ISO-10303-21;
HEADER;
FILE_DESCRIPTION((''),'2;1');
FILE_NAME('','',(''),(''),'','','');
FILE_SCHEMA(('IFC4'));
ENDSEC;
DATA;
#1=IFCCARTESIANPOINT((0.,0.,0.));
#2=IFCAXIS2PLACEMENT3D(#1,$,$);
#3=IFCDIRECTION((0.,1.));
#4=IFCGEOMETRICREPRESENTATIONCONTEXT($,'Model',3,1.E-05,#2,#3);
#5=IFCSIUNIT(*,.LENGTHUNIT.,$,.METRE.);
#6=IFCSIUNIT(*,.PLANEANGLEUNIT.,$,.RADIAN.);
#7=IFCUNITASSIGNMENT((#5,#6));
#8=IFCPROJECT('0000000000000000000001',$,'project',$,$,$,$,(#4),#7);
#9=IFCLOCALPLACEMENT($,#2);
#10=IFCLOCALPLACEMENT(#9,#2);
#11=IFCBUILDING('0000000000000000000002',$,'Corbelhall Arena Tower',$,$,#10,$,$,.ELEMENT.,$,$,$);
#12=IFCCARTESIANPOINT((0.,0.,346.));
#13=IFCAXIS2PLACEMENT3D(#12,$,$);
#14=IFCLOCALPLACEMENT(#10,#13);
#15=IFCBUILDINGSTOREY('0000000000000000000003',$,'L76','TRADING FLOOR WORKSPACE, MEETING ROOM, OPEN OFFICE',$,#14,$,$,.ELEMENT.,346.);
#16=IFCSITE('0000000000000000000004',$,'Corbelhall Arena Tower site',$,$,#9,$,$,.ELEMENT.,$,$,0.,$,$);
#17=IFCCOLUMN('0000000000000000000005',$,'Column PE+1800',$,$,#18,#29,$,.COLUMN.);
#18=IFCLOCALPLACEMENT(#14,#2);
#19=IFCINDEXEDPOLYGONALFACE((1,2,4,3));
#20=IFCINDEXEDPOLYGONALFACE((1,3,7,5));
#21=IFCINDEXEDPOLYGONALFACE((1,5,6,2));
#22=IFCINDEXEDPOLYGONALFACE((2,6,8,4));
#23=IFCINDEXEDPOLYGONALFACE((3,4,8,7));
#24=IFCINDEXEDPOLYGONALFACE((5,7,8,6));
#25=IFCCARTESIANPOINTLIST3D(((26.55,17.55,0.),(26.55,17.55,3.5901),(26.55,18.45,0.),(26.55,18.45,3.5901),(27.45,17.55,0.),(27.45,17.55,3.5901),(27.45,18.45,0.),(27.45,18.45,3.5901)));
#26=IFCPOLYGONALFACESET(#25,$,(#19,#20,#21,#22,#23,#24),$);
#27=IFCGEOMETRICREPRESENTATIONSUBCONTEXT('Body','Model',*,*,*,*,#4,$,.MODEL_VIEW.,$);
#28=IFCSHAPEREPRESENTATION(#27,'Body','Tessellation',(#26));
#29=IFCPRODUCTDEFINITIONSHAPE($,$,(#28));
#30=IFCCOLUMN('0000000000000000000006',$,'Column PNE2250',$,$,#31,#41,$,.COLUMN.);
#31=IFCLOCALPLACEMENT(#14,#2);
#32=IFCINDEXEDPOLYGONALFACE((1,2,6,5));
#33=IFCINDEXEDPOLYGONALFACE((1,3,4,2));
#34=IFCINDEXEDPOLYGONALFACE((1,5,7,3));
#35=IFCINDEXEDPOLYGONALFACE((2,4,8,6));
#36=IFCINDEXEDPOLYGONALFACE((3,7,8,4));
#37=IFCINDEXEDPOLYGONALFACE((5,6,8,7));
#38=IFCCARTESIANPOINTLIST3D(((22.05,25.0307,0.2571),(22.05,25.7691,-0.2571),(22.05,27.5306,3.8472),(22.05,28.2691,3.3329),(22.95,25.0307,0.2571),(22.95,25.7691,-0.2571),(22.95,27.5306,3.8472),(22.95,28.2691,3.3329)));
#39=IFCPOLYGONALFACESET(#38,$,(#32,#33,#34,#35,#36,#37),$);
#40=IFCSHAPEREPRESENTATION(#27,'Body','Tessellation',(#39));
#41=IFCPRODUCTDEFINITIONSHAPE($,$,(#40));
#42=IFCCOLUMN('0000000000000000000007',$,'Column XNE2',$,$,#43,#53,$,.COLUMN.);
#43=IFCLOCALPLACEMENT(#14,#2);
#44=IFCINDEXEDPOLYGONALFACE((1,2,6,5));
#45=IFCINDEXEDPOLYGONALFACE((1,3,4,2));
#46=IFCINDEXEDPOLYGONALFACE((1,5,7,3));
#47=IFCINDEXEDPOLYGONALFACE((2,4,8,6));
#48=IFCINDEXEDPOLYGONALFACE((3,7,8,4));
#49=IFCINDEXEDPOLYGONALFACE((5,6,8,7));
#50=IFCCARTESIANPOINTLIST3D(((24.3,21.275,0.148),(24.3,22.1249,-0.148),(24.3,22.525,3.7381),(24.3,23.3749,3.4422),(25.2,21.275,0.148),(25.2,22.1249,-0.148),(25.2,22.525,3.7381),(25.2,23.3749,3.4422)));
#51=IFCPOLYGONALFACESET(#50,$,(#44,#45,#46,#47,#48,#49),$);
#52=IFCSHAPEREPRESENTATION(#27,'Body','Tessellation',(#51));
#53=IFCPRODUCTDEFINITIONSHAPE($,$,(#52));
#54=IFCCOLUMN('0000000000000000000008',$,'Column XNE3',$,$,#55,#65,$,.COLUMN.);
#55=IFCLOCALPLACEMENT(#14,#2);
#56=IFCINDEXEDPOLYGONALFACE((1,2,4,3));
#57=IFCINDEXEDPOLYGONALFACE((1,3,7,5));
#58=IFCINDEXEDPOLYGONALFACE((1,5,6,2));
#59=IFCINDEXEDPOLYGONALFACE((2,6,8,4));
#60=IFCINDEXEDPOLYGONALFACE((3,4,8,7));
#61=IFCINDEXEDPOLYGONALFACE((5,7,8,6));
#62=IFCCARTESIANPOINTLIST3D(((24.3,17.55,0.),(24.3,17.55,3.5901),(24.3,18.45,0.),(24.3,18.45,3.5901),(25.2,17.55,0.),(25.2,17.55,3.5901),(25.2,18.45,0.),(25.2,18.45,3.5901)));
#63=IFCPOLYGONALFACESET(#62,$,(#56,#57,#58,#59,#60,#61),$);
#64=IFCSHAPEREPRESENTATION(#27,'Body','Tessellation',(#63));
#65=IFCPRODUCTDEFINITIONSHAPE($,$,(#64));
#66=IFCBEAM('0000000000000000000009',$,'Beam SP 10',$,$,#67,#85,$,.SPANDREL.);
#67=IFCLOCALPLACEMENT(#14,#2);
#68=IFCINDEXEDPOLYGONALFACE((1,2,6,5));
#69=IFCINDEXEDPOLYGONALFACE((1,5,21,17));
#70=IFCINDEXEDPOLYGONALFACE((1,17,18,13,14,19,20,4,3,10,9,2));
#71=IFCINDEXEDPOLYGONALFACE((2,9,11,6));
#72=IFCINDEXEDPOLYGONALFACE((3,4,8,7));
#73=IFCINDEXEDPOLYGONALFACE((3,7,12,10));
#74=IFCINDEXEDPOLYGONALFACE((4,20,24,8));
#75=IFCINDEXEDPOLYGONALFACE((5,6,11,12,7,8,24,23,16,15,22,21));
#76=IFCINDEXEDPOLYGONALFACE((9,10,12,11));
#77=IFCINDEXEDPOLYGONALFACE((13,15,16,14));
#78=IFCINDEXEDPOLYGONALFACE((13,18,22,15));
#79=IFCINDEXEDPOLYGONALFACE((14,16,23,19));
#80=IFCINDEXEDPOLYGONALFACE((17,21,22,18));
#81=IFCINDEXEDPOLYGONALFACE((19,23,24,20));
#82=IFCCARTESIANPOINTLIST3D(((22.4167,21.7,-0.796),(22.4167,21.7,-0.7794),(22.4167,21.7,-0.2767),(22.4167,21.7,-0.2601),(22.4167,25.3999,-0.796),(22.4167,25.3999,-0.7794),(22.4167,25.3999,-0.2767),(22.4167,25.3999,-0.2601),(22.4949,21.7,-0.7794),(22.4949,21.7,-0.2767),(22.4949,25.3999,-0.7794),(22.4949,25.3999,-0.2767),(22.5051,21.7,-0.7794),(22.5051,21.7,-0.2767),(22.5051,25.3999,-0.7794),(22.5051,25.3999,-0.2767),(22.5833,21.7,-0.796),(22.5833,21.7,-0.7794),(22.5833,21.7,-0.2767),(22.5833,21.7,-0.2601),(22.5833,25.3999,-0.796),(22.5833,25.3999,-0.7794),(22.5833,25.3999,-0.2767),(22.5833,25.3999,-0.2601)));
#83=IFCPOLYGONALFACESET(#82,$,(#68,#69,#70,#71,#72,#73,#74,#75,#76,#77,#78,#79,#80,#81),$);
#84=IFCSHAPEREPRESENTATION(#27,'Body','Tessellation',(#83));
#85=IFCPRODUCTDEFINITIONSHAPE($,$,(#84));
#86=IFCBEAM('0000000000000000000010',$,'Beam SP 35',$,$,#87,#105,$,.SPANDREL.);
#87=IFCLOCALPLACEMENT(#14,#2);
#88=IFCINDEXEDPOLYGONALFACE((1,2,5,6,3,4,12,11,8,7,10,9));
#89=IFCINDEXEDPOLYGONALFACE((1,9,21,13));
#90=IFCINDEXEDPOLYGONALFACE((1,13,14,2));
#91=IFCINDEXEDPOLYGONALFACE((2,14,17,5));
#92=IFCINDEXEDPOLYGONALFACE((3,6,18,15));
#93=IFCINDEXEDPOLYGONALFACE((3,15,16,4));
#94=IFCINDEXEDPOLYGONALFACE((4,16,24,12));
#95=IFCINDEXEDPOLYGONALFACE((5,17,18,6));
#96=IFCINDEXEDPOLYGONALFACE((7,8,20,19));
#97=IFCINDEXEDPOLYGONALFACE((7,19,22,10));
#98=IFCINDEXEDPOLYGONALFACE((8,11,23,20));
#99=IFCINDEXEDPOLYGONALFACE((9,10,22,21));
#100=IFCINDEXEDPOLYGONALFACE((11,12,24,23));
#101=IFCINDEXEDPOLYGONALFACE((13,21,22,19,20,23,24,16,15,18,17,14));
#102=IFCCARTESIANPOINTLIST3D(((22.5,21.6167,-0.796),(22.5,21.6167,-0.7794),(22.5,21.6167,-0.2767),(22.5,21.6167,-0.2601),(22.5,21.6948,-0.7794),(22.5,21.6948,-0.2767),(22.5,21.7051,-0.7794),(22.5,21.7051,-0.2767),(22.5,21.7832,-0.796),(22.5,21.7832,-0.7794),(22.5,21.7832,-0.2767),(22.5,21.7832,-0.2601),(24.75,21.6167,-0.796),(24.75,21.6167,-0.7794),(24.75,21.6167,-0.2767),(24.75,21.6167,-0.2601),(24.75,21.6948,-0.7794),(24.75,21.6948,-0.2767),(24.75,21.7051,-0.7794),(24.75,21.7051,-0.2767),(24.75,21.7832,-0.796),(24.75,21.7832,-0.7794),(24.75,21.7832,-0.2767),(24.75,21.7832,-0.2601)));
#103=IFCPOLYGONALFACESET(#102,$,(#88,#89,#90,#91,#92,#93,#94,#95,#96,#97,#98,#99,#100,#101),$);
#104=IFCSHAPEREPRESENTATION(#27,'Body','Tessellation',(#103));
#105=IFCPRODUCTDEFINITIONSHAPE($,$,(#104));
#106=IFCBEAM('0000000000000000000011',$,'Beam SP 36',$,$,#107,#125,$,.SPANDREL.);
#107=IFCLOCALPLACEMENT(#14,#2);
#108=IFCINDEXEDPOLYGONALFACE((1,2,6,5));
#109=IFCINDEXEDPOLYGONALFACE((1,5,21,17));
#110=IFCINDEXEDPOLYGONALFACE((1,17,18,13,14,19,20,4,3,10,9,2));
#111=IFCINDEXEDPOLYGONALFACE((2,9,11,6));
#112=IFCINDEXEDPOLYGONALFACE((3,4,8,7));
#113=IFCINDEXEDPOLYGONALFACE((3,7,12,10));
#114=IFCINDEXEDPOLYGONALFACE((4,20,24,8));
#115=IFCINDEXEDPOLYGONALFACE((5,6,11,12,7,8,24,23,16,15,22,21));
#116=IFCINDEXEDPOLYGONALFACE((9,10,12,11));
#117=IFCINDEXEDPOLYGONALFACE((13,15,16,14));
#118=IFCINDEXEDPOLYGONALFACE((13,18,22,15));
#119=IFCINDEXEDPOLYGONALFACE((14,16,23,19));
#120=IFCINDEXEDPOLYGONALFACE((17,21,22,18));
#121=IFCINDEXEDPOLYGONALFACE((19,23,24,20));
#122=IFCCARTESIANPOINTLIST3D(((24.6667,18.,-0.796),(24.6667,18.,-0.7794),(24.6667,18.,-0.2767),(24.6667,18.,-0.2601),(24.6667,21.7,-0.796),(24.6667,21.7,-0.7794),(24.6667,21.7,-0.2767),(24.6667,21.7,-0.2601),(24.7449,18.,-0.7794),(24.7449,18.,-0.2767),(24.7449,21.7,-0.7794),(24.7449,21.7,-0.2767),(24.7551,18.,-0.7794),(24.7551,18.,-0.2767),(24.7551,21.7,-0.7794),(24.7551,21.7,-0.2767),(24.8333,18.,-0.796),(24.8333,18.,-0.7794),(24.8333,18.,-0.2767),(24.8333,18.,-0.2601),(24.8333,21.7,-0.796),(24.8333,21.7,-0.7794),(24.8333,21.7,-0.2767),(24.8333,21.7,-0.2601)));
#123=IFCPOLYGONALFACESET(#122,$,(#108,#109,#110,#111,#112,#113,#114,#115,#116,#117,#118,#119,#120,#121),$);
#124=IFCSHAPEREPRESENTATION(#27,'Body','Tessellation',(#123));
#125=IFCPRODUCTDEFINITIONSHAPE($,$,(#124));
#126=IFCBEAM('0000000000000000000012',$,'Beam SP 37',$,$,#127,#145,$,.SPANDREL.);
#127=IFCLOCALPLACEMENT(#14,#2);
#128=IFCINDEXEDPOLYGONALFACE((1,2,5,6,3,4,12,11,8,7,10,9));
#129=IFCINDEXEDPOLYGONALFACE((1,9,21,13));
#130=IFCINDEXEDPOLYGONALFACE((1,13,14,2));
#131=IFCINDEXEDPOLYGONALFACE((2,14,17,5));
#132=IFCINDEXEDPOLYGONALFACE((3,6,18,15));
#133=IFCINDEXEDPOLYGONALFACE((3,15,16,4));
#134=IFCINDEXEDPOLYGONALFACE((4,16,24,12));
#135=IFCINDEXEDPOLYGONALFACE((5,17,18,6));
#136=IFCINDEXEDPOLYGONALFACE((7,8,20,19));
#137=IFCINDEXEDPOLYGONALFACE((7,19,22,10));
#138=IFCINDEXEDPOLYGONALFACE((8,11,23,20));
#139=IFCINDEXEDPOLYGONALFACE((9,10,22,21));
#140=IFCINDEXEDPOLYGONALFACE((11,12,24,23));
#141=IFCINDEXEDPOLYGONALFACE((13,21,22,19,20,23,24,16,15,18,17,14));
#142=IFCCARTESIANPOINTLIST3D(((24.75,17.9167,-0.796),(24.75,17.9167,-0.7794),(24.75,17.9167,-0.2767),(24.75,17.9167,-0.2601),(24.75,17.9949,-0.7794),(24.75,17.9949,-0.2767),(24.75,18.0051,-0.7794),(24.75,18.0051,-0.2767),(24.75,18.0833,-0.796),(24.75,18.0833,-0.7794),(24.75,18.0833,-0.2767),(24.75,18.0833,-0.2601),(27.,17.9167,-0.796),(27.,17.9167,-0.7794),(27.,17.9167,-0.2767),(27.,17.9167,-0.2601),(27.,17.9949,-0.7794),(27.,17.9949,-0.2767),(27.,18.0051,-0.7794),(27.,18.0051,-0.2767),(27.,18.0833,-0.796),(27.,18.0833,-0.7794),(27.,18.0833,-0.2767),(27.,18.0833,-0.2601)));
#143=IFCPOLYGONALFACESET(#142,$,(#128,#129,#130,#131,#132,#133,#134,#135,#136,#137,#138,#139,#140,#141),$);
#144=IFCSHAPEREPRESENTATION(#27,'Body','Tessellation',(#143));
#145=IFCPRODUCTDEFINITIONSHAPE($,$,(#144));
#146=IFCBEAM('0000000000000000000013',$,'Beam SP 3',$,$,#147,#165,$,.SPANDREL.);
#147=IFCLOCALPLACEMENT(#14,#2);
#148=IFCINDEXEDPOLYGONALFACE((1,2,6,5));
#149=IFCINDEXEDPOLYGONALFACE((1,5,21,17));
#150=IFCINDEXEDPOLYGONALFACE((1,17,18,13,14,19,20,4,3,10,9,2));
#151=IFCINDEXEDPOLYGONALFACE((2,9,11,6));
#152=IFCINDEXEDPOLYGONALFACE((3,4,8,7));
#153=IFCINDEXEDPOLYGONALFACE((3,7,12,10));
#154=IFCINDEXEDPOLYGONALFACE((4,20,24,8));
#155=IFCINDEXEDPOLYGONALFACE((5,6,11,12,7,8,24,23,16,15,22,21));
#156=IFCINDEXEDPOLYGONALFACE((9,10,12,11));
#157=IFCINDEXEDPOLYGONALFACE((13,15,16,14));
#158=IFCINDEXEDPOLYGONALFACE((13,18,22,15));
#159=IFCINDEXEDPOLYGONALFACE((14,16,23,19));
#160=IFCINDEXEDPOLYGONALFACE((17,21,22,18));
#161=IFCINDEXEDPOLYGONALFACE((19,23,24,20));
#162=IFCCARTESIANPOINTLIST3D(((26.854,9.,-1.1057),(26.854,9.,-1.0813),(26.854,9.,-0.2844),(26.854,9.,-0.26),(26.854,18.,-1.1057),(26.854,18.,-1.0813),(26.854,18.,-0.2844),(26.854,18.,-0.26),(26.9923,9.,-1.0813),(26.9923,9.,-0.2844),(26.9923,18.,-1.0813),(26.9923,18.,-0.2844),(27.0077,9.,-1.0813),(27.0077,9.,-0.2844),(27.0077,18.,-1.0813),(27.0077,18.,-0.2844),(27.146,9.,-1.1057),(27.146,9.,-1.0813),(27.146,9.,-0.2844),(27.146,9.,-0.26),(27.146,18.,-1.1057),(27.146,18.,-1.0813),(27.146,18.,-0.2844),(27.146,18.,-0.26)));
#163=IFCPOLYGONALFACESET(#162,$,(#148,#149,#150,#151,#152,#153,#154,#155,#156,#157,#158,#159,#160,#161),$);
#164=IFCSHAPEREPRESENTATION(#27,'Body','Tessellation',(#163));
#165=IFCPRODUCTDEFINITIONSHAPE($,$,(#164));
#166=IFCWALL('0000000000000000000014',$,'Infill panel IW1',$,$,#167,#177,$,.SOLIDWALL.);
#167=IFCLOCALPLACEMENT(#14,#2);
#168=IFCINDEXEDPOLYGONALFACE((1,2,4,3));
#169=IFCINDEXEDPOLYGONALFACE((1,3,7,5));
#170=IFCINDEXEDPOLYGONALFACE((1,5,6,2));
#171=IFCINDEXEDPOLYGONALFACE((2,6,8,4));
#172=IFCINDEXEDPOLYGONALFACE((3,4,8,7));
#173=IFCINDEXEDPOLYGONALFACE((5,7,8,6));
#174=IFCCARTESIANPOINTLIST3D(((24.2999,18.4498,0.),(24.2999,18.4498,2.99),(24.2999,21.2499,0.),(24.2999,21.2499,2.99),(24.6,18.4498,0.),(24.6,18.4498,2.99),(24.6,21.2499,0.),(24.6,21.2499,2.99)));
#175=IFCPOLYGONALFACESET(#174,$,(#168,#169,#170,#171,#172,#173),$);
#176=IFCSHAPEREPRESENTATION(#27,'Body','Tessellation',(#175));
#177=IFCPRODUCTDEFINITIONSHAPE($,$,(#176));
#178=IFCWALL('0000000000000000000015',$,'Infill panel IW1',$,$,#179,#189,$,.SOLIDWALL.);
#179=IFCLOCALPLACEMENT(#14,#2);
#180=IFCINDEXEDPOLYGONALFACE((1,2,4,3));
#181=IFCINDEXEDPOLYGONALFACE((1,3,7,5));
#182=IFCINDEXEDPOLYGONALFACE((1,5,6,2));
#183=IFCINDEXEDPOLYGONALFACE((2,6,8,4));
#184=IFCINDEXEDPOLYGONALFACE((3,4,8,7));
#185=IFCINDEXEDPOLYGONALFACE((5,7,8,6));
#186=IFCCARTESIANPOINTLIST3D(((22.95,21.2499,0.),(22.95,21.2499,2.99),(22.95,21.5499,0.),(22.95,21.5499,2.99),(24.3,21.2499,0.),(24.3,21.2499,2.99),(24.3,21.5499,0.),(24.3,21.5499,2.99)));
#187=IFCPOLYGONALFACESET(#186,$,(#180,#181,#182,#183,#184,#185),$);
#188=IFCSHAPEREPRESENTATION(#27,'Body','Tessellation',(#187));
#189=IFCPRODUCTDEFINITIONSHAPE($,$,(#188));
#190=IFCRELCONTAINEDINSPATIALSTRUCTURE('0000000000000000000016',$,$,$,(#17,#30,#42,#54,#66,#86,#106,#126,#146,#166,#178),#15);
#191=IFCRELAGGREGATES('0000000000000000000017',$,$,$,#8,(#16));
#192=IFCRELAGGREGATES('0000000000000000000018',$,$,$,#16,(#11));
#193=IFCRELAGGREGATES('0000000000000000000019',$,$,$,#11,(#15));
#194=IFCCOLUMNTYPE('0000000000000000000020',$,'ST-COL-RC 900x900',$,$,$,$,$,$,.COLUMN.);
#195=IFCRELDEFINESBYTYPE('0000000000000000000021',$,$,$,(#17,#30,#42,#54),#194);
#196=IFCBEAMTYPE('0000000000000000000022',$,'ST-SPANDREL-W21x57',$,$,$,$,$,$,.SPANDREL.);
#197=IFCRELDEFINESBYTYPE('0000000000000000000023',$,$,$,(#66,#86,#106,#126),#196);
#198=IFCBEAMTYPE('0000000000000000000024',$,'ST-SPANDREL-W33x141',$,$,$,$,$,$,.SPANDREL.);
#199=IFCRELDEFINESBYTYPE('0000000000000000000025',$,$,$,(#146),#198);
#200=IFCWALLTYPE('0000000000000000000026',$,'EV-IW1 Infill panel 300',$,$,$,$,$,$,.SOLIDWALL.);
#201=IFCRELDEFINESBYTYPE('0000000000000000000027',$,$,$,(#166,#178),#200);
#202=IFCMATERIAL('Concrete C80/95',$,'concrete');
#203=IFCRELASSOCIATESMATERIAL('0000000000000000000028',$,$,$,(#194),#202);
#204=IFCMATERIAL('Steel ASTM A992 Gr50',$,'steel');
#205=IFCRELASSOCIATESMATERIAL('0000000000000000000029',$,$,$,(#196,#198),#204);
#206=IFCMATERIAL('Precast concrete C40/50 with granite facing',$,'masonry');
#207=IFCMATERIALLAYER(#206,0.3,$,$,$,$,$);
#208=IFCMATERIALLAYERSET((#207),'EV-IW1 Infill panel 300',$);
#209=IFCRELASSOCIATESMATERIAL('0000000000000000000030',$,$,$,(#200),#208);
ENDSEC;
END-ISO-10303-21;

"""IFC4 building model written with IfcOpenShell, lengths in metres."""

from ifc_helpers import new_model, si_unit, direction, frame, frame_2d, origin, origin_2d, place, context, subcontext, project, spatial, rectangle, i_section, extrude, material, layer, layer_set, material_profile, profile_set, type_object, element, save


model = new_model("IFC4")

# Units and contexts
model_context = context("Model", 3, precision=1e-05, world=origin(), true_north=direction((0.0, 1.0)))
body_context = subcontext(model_context, "Body", "Model", "MODEL_VIEW")
ifc_project = project(units=[si_unit("LENGTHUNIT", "METRE"), si_unit("PLANEANGLEUNIT", "RADIAN")], contexts=[model_context])

# Site, building, storey
site_placement = place(None, origin())
site = spatial("IfcSite", under=ifc_project, at=site_placement, Name="Corbelhall Arena Tower site", CompositionType="ELEMENT", RefElevation=0.0)
building_placement = place(site_placement, origin())
building = spatial("IfcBuilding", under=site, at=building_placement, Name="Corbelhall Arena Tower", CompositionType="ELEMENT")
storey_placement = place(building_placement, frame((0.0, 0.0, 346.0)))
storey = spatial("IfcBuildingStorey", under=building, at=storey_placement, Name="L76", Description="TRADING FLOOR WORKSPACE, MEETING ROOM, OPEN OFFICE", CompositionType="ELEMENT", Elevation=346.0)

# Columns
ifc_material_1 = material(Name="Concrete C80/95", Category="concrete")
ifc_material_profile_1 = material_profile(ifc_material_1, rectangle(XDim=0.8999, YDim=0.8999, at=origin_2d()))
ifc_profile_set_1 = profile_set([ifc_material_profile_1], Name="Concrete C80/95")
column_type = type_object("IfcColumnType", Name="ST-COL-RC 900x900", PredefinedType="COLUMN", material=ifc_profile_set_1)
column_1_placement = place(storey_placement, frame((27.0, 18.0, 0.0), z_axis=(0.0, 0.0, 1.0), x_axis=(0.0, 1.0, 0.0)))
element("IfcColumn", 1, at=column_1_placement, inside=storey, type_object=column_type, Name="Column PE+1800", PredefinedType="COLUMN", context=body_context, shape_type="SweptSolid", body=[
    extrude(rectangle(XDim=0.8999, YDim=0.8999, at=origin_2d()), origin(), (0.0, 0.0, 1.0), 3.5901),
])
column_2_placement = place(storey_placement, frame((22.5, 25.3999, 0.0), z_axis=(0.0, 0.571457, 0.820632), x_axis=(-1.0, 0.0, 0.0)))
element("IfcColumn", 2, at=column_2_placement, inside=storey, type_object=column_type, Name="Column PNE2250", PredefinedType="COLUMN", context=body_context, shape_type="SweptSolid", body=[
    extrude(rectangle(XDim=0.8999, YDim=0.8999, at=origin_2d()), origin(), (0.0, 0.0, 1.0), 4.3748),
])
column_3_placement = place(storey_placement, frame((24.75, 21.7, 0.0), z_axis=(0.0, 0.32882, 0.944393), x_axis=(-1.0, 0.0, 0.0)))
element("IfcColumn", 3, at=column_3_placement, inside=storey, type_object=column_type, Name="Column XNE2", PredefinedType="COLUMN", context=body_context, shape_type="SweptSolid", body=[
    extrude(rectangle(XDim=0.8999, YDim=0.8999, at=origin_2d()), origin(), (0.0, 0.0, 1.0), 3.8015),
])
column_4_placement = place(storey_placement, frame((24.75, 18.0, 0.0), z_axis=(0.0, 0.0, 1.0), x_axis=(1.0, 0.0, 0.0)))
element("IfcColumn", 4, at=column_4_placement, inside=storey, type_object=column_type, Name="Column XNE3", PredefinedType="COLUMN", context=body_context, shape_type="SweptSolid", body=[
    extrude(rectangle(XDim=0.8999, YDim=0.8999, at=origin_2d()), origin(), (0.0, 0.0, 1.0), 3.5901),
])

# Beams
ifc_material_2 = material(Name="Steel ASTM A992 Gr50", Category="steel")
ifc_material_profile_2 = material_profile(ifc_material_2, i_section(OverallWidth=0.1665, OverallDepth=0.5359, WebThickness=0.0103, FlangeThickness=0.0166, at=origin_2d()))
ifc_profile_set_2 = profile_set([ifc_material_profile_2], Name="Steel ASTM A992 Gr50")
beam_type_1 = type_object("IfcBeamType", Name="ST-SPANDREL-W21x57", PredefinedType="SPANDREL", material=ifc_profile_set_2)
beam_1_placement = place(storey_placement, frame((22.5, 25.3999, -0.5281), z_axis=(0.0, -1.0, 0.0), x_axis=(1.0, 0.0, 0.0)))
element("IfcBeam", 5, at=beam_1_placement, inside=storey, type_object=beam_type_1, Name="Beam SP 10", PredefinedType="SPANDREL", context=body_context, shape_type="SweptSolid", body=[
    extrude(i_section(OverallWidth=0.1665, OverallDepth=0.5359, WebThickness=0.0103, FlangeThickness=0.0166, at=origin_2d()), origin(), (0.0, 0.0, 1.0), 3.7),
])
beam_2_placement = place(storey_placement, frame((22.5, 21.7, -0.5281), z_axis=(1.0, 0.0, 0.0), x_axis=(0.0, 1.0, 0.0)))
element("IfcBeam", 6, at=beam_2_placement, inside=storey, type_object=beam_type_1, Name="Beam SP 35", PredefinedType="SPANDREL", context=body_context, shape_type="SweptSolid", body=[
    extrude(i_section(OverallWidth=0.1665, OverallDepth=0.5359, WebThickness=0.0103, FlangeThickness=0.0166, at=origin_2d()), origin(), (0.0, 0.0, 1.0), 2.25),
])
beam_3_placement = place(storey_placement, frame((24.75, 21.7, -0.5281), z_axis=(0.0, -1.0, 0.0), x_axis=(1.0, 0.0, 0.0)))
element("IfcBeam", 7, at=beam_3_placement, inside=storey, type_object=beam_type_1, Name="Beam SP 36", PredefinedType="SPANDREL", context=body_context, shape_type="SweptSolid", body=[
    extrude(i_section(OverallWidth=0.1665, OverallDepth=0.5359, WebThickness=0.0103, FlangeThickness=0.0166, at=origin_2d()), origin(), (0.0, 0.0, 1.0), 3.7),
])
beam_4_placement = place(storey_placement, frame((24.75, 18.0, -0.5281), z_axis=(1.0, 0.0, 0.0), x_axis=(0.0, 1.0, 0.0)))
element("IfcBeam", 8, at=beam_4_placement, inside=storey, type_object=beam_type_1, Name="Beam SP 37", PredefinedType="SPANDREL", context=body_context, shape_type="SweptSolid", body=[
    extrude(i_section(OverallWidth=0.1665, OverallDepth=0.5359, WebThickness=0.0103, FlangeThickness=0.0166, at=origin_2d()), origin(), (0.0, 0.0, 1.0), 2.25),
])
ifc_material_profile_3 = material_profile(ifc_material_2, i_section(OverallWidth=0.292, OverallDepth=0.8457, WebThickness=0.0154, FlangeThickness=0.0244, at=origin_2d()))
ifc_profile_set_3 = profile_set([ifc_material_profile_3], Name="Steel ASTM A992 Gr50")
beam_type_2 = type_object("IfcBeamType", Name="ST-SPANDREL-W33x141", PredefinedType="SPANDREL", material=ifc_profile_set_3)
beam_5_placement = place(storey_placement, frame((27.0, 18.0, -0.6829), z_axis=(0.0, -1.0, 0.0), x_axis=(1.0, 0.0, 0.0)))
element("IfcBeam", 9, at=beam_5_placement, inside=storey, type_object=beam_type_2, Name="Beam SP 3", PredefinedType="SPANDREL", context=body_context, shape_type="SweptSolid", body=[
    extrude(i_section(OverallWidth=0.292, OverallDepth=0.8457, WebThickness=0.0154, FlangeThickness=0.0244, at=origin_2d()), origin(), (0.0, 0.0, 1.0), 9.0),
])

# Walls
ifc_material_3 = material(Name="Precast concrete C40/50 with granite facing", Category="masonry")
ifc_layer = layer(ifc_material_3, 0.3)
ifc_layer_set = layer_set([ifc_layer], Name="EV-IW1 Infill panel 300")
wall_type = type_object("IfcWallType", Name="EV-IW1 Infill panel 300", PredefinedType="SOLIDWALL", material=ifc_layer_set)
wall_1_placement = place(storey_placement, frame((24.45, 18.45, 0.0), z_axis=(0.0, 0.0, 1.0), x_axis=(0.0, 1.0, 0.0)))
element("IfcWall", 10, at=wall_1_placement, inside=storey, type_object=wall_type, Name="Infill panel IW1", PredefinedType="SOLIDWALL", context=body_context, shape_type="SweptSolid", body=[
    extrude(rectangle(XDim=2.8, YDim=0.3, at=frame_2d((1.3999, 0.0))), origin(), (0.0, 0.0, 1.0), 2.99),
])
wall_2_placement = place(storey_placement, frame((24.3, 21.3999, 0.0), z_axis=(0.0, 0.0, 1.0), x_axis=(-1.0, 0.0, 0.0)))
element("IfcWall", 11, at=wall_2_placement, inside=storey, type_object=wall_type, Name="Infill panel IW1", PredefinedType="SOLIDWALL", context=body_context, shape_type="SweptSolid", body=[
    extrude(rectangle(XDim=1.3501, YDim=0.3, at=frame_2d((0.675, 0.0))), origin(), (0.0, 0.0, 1.0), 2.99),
])

save(model, "model.ifc")
